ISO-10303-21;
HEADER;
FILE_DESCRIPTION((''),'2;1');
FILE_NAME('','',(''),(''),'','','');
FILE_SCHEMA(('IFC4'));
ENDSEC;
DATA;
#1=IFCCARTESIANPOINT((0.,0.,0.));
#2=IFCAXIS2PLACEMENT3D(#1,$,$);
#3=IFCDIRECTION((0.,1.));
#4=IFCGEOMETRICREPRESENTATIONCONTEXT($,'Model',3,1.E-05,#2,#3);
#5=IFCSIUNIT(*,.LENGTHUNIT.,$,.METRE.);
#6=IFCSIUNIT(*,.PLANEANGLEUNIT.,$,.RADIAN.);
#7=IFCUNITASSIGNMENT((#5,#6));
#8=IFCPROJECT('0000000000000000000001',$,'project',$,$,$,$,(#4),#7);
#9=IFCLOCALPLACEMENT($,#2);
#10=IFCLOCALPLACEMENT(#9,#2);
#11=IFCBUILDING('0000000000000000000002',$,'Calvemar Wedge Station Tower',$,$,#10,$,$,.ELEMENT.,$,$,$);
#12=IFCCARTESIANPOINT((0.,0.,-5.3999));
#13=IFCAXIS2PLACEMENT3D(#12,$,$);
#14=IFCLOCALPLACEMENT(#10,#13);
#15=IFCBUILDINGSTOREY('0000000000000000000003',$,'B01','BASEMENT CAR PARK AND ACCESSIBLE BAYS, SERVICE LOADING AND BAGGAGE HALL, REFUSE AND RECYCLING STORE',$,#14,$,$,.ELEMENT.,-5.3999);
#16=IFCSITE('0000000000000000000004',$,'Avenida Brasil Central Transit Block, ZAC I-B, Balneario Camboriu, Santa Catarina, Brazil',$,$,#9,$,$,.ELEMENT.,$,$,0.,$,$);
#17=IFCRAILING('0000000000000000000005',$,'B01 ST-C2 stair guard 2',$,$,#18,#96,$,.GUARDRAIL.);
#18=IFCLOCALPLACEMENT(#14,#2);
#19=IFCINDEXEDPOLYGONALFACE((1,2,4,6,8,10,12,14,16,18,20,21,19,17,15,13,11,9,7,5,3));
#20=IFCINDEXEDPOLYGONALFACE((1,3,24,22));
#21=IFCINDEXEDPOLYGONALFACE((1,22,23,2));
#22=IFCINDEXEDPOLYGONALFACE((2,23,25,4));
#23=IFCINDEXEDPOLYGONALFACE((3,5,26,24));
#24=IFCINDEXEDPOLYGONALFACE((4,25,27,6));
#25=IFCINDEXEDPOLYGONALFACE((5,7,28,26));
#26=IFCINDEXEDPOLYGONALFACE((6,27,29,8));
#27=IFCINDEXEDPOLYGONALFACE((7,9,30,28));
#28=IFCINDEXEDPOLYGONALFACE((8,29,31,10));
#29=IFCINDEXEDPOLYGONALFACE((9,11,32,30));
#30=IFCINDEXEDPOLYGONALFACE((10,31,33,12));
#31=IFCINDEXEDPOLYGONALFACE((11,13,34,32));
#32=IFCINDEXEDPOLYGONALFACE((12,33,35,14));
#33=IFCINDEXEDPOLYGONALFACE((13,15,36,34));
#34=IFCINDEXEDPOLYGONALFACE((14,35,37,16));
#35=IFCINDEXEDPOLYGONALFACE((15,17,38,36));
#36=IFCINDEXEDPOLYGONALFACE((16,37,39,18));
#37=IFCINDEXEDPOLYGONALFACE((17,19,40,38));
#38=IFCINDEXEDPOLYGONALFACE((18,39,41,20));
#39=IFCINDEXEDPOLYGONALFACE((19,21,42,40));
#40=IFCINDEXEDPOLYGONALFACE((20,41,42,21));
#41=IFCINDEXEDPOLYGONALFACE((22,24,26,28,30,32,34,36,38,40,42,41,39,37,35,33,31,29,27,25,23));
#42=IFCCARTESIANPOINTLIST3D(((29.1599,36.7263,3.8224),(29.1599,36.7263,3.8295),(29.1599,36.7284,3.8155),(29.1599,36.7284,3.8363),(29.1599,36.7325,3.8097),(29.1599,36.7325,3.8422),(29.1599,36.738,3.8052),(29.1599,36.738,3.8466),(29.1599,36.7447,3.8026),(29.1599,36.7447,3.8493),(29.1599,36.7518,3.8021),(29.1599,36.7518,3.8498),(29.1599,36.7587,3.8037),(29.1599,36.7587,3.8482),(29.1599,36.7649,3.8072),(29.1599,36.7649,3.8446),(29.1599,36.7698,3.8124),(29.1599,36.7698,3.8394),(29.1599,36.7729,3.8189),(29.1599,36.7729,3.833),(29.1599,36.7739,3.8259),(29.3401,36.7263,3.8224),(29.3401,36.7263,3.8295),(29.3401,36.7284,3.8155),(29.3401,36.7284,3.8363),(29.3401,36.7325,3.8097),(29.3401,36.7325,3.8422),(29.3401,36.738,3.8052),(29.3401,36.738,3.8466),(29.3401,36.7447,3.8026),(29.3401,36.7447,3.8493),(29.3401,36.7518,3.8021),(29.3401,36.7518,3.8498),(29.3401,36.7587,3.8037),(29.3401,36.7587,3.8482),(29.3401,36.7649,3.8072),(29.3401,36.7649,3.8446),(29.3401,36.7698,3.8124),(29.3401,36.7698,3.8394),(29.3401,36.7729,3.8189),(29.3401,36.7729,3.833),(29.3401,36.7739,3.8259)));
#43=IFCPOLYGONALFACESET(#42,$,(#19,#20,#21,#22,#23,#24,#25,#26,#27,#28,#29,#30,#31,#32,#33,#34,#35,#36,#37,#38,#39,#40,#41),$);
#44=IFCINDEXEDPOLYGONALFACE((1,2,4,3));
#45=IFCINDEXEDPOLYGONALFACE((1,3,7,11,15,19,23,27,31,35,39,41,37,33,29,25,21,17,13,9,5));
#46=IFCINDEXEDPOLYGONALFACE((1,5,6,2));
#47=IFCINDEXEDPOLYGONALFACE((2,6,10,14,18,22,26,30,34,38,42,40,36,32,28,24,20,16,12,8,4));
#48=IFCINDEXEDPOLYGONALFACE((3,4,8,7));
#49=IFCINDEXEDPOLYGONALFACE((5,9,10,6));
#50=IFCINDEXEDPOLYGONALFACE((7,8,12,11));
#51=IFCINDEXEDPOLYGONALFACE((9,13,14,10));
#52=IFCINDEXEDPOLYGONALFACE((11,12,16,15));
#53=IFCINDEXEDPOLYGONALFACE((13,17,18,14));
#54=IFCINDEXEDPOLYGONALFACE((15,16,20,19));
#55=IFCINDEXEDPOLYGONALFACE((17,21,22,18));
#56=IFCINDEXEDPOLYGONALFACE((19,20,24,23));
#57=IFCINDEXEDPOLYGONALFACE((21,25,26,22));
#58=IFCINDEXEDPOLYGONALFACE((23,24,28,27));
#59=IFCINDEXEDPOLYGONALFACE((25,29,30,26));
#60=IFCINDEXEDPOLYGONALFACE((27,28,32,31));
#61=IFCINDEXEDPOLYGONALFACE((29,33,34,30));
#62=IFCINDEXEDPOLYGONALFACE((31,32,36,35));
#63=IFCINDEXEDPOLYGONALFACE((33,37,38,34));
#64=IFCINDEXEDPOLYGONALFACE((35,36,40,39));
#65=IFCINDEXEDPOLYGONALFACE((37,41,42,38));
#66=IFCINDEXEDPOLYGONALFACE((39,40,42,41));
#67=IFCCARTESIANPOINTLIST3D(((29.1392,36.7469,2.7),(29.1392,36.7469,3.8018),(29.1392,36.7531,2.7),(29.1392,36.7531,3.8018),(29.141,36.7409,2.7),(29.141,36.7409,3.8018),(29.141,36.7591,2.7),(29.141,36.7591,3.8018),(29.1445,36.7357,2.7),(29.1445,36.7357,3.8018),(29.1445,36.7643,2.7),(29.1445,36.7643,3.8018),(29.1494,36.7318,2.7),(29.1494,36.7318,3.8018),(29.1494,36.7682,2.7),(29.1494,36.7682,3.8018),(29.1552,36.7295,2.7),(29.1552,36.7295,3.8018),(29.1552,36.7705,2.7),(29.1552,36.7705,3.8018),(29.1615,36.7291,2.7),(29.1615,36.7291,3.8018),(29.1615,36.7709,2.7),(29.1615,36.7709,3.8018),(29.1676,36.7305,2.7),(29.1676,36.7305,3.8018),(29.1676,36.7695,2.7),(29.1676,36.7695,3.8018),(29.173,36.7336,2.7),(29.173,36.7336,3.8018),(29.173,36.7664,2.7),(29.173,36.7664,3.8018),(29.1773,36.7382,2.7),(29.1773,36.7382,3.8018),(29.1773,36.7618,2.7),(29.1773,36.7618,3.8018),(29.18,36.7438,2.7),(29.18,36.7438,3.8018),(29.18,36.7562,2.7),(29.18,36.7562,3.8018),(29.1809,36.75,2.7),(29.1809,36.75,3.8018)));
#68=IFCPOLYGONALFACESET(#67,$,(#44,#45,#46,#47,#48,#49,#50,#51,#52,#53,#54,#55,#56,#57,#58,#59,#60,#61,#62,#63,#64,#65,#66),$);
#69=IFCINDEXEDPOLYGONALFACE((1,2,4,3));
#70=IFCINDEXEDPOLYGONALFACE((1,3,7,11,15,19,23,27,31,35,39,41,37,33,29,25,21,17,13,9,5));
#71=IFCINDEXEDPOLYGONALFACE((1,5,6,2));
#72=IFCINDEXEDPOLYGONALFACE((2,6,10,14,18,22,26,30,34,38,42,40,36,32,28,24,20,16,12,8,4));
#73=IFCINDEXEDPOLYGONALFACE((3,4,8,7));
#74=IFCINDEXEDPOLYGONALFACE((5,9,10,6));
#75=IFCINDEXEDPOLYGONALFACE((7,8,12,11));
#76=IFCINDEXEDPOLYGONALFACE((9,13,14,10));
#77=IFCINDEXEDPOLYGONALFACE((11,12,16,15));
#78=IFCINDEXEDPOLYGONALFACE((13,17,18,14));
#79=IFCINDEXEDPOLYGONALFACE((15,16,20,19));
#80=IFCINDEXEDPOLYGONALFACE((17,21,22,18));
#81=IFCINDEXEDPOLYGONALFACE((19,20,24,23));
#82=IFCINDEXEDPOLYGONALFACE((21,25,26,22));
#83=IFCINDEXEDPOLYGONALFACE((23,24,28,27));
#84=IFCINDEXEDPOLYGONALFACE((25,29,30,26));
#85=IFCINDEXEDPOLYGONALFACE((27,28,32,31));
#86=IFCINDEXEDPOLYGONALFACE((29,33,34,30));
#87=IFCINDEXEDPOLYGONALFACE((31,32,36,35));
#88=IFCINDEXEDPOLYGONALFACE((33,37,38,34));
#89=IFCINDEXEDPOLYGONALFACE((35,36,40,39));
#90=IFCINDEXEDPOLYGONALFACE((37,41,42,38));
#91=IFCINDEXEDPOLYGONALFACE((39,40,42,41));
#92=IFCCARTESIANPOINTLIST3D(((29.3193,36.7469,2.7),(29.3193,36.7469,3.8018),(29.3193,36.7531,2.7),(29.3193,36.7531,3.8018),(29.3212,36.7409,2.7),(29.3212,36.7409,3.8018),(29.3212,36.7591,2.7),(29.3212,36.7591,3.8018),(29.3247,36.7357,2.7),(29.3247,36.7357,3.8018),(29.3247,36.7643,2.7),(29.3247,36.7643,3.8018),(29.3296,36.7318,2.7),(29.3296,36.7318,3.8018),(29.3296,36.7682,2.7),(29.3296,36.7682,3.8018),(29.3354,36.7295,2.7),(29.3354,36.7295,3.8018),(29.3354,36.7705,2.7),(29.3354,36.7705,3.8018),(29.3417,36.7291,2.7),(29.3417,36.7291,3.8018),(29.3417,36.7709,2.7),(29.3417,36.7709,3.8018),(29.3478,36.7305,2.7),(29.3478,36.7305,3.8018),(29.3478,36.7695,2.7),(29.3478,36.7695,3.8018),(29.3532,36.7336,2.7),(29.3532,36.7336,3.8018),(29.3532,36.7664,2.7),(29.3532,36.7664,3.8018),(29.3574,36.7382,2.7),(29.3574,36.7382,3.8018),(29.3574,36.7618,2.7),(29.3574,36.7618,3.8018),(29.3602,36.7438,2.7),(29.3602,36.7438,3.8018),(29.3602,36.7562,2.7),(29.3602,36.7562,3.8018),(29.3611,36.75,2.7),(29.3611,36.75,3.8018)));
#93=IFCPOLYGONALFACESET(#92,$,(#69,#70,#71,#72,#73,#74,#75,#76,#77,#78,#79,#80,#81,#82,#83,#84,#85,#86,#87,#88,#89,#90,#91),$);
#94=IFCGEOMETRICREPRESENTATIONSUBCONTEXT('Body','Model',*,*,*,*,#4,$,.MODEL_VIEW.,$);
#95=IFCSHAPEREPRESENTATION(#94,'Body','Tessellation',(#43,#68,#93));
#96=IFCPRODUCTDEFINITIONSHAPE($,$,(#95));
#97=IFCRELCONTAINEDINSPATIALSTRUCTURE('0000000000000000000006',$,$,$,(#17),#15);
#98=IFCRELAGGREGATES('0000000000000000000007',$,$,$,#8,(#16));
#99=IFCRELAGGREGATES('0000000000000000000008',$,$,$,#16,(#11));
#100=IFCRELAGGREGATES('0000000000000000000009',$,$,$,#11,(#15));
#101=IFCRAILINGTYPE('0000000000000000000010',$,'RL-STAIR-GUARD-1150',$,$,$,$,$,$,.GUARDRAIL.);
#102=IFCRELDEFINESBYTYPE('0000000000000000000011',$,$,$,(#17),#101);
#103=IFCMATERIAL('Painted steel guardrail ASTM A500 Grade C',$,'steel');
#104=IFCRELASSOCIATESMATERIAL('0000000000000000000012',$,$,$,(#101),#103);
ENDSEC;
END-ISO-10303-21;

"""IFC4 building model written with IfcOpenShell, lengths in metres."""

from ifc_helpers import new_model, si_unit, direction, frame, origin, origin_2d, place, context, subcontext, project, spatial, circle, extrude, material, type_object, element, save


model = new_model("IFC4")

# Units and contexts
model_context = context("Model", 3, precision=1e-05, world=origin(), true_north=direction((0.0, 1.0)))
body_context = subcontext(model_context, "Body", "Model", "MODEL_VIEW")
ifc_project = project(units=[si_unit("LENGTHUNIT", "METRE"), si_unit("PLANEANGLEUNIT", "RADIAN")], contexts=[model_context])

# Site, building, storey
site_placement = place(None, origin())
site = spatial("IfcSite", under=ifc_project, at=site_placement, Name="Avenida Brasil Central Transit Block, ZAC I-B, Balneario Camboriu, Santa Catarina, Brazil", CompositionType="ELEMENT", RefElevation=0.0)
building_placement = place(site_placement, origin())
building = spatial("IfcBuilding", under=site, at=building_placement, Name="Calvemar Wedge Station Tower", CompositionType="ELEMENT")
storey_placement = place(building_placement, frame((0.0, 0.0, -5.3999)))
storey = spatial("IfcBuildingStorey", under=building, at=storey_placement, Name="B01", Description="BASEMENT CAR PARK AND ACCESSIBLE BAYS, SERVICE LOADING AND BAGGAGE HALL, REFUSE AND RECYCLING STORE", CompositionType="ELEMENT", Elevation=-5.3999)

# Railing
ifc_material_1 = material(Name="Painted steel guardrail ASTM A500 Grade C", Category="steel")
railing_type_1 = type_object("IfcRailingType", Name="RL-STAIR-GUARD-1150", PredefinedType="GUARDRAIL", material=ifc_material_1)
railing_1_placement = place(storey_placement, frame((29.1599, 36.75, 2.7)))
element("IfcRailing", 1, at=railing_1_placement, inside=storey, type_object=railing_type_1, Name="B01 ST-C2 stair guard 2", PredefinedType="GUARDRAIL", context=body_context, shape_type="SweptSolid", body=[
    extrude(circle(Radius=0.0239, at=origin_2d()), frame((0.0, 0.0, 1.126), z_axis=(1.0, 0.0, 0.0), x_axis=(0.0, 1.0, 0.0)), (0.0, 0.0, 1.0), 0.1802),
    extrude(circle(Radius=0.021, at=origin_2d()), origin(), (0.0, 0.0, 1.0), 1.1018),
    extrude(circle(Radius=0.021, at=origin_2d()), frame((0.1802, 0.0, 0.0)), (0.0, 0.0, 1.0), 1.1018),
])

save(model, "model.ifc")
